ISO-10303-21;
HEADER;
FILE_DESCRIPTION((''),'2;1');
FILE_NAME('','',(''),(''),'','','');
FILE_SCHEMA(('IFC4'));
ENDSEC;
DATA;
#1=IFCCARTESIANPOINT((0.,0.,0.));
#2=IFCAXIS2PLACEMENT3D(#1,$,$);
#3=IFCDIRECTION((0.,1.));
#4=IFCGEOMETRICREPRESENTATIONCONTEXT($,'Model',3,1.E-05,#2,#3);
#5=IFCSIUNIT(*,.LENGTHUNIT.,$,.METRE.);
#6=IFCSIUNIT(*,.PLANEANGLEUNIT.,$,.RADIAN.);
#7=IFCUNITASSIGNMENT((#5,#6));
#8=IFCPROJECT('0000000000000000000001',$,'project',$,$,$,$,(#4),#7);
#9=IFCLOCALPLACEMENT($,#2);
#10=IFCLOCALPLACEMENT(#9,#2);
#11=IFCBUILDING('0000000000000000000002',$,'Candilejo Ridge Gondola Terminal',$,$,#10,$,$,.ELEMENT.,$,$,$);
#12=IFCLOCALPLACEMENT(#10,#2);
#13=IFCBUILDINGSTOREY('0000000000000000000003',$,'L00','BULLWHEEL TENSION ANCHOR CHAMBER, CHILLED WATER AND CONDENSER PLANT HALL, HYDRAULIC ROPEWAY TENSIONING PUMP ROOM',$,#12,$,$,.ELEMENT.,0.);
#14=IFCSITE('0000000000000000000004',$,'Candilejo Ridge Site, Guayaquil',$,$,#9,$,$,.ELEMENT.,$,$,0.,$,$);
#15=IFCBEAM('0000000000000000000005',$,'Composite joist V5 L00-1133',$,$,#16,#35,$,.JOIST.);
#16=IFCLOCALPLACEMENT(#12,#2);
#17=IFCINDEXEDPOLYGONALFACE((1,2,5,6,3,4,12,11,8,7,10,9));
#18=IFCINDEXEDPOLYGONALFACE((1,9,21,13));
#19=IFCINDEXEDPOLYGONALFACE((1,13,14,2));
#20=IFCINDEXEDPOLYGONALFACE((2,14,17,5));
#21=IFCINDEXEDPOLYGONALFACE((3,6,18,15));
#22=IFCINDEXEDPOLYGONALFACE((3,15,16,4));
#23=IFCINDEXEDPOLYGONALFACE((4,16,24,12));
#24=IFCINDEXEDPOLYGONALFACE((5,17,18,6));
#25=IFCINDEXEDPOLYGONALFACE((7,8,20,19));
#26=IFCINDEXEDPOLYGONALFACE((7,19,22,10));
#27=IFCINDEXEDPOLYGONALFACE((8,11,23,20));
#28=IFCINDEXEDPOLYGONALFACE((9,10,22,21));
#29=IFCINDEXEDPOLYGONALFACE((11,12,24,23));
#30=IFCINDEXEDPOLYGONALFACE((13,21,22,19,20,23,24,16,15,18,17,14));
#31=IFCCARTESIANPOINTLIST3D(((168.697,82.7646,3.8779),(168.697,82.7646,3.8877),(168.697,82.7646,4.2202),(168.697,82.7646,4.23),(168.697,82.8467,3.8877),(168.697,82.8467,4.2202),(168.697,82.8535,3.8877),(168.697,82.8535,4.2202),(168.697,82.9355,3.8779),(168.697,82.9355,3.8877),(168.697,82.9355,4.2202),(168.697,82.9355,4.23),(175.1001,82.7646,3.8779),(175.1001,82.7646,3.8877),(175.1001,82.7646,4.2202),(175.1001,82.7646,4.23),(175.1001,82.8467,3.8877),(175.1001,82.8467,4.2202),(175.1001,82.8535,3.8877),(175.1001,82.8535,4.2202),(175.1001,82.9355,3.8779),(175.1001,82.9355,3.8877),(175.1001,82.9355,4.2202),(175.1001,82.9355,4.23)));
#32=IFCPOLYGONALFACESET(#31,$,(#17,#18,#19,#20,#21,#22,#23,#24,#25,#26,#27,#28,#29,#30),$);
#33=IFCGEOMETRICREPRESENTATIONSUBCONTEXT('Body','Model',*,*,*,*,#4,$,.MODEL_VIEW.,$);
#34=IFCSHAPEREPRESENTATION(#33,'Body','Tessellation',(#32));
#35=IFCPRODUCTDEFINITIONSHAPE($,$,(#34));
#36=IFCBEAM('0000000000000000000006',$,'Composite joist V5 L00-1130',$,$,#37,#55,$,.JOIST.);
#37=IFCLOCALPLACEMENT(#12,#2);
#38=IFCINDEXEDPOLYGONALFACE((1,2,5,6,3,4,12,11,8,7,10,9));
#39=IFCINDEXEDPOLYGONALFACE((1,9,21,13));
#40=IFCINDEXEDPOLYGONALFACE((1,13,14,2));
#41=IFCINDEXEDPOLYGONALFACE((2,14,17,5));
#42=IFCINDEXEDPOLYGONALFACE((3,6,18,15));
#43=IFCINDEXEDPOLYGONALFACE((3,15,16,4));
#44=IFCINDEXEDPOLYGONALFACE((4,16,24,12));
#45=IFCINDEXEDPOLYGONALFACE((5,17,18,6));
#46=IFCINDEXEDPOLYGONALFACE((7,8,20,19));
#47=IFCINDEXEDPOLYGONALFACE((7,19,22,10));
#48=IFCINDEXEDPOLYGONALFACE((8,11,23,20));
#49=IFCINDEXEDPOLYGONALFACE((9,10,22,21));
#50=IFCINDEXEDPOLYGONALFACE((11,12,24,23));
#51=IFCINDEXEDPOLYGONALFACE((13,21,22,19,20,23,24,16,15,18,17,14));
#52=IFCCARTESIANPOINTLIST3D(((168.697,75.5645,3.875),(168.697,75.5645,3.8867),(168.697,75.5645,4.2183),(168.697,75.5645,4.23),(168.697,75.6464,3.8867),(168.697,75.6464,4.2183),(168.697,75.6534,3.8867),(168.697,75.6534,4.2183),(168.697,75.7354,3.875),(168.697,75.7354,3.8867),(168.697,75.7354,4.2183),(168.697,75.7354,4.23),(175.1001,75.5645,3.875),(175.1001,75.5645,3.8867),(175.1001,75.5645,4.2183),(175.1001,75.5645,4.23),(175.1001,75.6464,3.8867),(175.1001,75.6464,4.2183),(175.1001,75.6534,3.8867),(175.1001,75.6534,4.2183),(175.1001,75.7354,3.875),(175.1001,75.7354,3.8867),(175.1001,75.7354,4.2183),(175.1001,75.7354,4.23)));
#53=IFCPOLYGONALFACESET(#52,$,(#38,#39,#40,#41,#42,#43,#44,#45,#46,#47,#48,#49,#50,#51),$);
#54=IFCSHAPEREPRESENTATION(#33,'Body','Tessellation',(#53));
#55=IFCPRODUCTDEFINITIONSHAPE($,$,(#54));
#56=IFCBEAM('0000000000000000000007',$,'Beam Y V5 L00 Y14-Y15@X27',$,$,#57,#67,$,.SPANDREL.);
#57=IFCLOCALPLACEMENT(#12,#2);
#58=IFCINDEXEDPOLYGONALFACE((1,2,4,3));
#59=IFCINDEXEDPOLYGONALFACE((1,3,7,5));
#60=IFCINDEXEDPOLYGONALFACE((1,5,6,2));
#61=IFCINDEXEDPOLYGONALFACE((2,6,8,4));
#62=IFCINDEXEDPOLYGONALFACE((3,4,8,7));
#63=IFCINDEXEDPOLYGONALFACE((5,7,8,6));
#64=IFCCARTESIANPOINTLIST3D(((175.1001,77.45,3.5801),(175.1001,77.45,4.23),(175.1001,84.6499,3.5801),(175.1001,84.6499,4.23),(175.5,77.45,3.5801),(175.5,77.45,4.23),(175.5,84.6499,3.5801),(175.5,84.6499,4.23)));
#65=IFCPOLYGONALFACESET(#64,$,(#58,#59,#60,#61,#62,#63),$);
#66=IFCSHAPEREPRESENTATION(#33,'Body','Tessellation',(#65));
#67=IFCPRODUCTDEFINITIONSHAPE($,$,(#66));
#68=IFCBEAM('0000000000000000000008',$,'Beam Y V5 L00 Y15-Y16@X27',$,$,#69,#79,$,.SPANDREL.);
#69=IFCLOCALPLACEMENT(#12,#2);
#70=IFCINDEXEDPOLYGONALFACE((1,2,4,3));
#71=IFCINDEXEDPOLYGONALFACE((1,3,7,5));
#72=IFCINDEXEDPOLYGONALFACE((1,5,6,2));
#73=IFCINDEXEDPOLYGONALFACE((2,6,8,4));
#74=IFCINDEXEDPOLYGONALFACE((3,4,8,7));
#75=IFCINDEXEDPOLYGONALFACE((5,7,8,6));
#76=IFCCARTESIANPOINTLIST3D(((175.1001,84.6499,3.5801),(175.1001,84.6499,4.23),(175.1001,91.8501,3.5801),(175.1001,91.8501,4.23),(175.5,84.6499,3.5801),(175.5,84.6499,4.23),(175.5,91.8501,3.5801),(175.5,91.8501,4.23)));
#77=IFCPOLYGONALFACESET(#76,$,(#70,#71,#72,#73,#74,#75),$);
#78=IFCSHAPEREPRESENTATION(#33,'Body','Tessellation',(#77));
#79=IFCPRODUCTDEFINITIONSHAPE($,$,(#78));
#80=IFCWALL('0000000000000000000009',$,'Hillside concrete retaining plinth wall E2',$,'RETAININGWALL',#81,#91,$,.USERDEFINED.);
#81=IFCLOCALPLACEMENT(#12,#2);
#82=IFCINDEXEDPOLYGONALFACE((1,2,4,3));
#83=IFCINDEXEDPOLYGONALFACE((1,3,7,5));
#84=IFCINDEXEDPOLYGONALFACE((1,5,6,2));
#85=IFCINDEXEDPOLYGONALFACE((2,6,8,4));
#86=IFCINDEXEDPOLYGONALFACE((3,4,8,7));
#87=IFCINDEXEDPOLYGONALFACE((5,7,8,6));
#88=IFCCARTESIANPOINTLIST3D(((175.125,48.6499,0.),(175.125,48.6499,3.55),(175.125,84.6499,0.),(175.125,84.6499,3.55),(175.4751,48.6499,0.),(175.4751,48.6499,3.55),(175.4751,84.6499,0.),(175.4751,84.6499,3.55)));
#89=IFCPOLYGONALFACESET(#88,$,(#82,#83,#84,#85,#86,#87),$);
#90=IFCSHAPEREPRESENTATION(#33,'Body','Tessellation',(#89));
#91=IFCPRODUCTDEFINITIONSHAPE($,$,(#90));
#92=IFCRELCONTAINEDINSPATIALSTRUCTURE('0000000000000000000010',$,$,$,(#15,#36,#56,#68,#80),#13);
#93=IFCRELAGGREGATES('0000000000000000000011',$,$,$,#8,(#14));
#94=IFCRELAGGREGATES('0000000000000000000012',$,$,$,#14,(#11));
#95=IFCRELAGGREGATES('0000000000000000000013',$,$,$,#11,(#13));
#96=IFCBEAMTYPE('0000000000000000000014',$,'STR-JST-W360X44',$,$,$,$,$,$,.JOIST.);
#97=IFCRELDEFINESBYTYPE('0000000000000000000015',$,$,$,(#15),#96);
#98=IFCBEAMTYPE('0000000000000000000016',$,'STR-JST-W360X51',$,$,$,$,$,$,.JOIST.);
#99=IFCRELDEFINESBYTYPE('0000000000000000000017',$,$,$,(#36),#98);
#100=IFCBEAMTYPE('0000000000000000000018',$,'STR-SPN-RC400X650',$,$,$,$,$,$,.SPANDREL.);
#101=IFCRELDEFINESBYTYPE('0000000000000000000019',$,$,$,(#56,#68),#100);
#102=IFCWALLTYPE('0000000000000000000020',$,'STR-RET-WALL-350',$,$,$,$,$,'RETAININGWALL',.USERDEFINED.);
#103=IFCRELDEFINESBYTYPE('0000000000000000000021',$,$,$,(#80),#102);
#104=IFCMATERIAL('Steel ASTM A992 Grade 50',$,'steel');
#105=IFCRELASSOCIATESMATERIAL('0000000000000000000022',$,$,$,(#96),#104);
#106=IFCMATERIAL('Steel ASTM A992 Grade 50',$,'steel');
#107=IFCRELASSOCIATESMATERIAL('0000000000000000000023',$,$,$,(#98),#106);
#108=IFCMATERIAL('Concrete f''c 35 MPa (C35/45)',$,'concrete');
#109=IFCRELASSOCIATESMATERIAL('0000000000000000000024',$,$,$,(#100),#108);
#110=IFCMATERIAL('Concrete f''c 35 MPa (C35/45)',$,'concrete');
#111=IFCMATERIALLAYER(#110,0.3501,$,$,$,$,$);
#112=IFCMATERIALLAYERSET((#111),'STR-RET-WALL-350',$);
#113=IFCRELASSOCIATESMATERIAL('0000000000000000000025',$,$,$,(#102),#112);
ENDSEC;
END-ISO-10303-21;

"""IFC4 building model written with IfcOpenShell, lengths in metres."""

from ifc_helpers import new_model, si_unit, direction, frame, frame_2d, origin, origin_2d, place, context, subcontext, project, spatial, rectangle, i_section, extrude, material, layer, layer_set, material_profile, profile_set, type_object, element, save


model = new_model("IFC4")

# Units and contexts
model_context = context("Model", 3, precision=1e-05, world=origin(), true_north=direction((0.0, 1.0)))
body_context = subcontext(model_context, "Body", "Model", "MODEL_VIEW")
ifc_project = project(units=[si_unit("LENGTHUNIT", "METRE"), si_unit("PLANEANGLEUNIT", "RADIAN")], contexts=[model_context])

# Site, building, storey
site_placement = place(None, origin())
site = spatial("IfcSite", under=ifc_project, at=site_placement, Name="Candilejo Ridge Site, Guayaquil", CompositionType="ELEMENT", RefElevation=0.0)
building_placement = place(site_placement, origin())
building = spatial("IfcBuilding", under=site, at=building_placement, Name="Candilejo Ridge Gondola Terminal", CompositionType="ELEMENT")
storey_placement = place(building_placement, origin())
storey = spatial("IfcBuildingStorey", under=building, at=storey_placement, Name="L00", Description="BULLWHEEL TENSION ANCHOR CHAMBER, CHILLED WATER AND CONDENSER PLANT HALL, HYDRAULIC ROPEWAY TENSIONING PUMP ROOM", CompositionType="ELEMENT", Elevation=0.0)

# Beams
ifc_material_1 = material(Name="Steel ASTM A992 Grade 50", Category="steel")
ifc_material_profile_1 = material_profile(ifc_material_1, i_section(OverallWidth=0.1709, OverallDepth=0.3521, WebThickness=0.0068, FlangeThickness=0.0098, at=origin_2d()))
ifc_profile_set_1 = profile_set([ifc_material_profile_1], Name="Steel ASTM A992 Grade 50")
beam_type_1 = type_object("IfcBeamType", Name="STR-JST-W360X44", PredefinedType="JOIST", material=ifc_profile_set_1)
for number, where, z_axis, x_axis, name in (
    (1, (168.697, 82.8501, 4.054), (1.0, 0.0, 0.0), (0.0, 1.0, 0.0), "Composite joist V5 L00-1133"),
):
    element("IfcBeam", number, at=place(storey_placement, frame(where, z_axis=z_axis, x_axis=x_axis)), inside=storey, type_object=beam_type_1, Name=name, PredefinedType="JOIST", context=body_context, shape_type="SweptSolid", body=[
        extrude(i_section(OverallWidth=0.1709, OverallDepth=0.3521, WebThickness=0.0068, FlangeThickness=0.0098, at=origin_2d()), origin(), (0.0, 0.0, 1.0), 6.4031),
    ])
ifc_material_2 = material(Name="Steel ASTM A992 Grade 50", Category="steel")
ifc_material_profile_2 = material_profile(ifc_material_2, i_section(OverallWidth=0.1709, OverallDepth=0.355, WebThickness=0.0071, FlangeThickness=0.0117, at=origin_2d()))
ifc_profile_set_2 = profile_set([ifc_material_profile_2], Name="Steel ASTM A992 Grade 50")
beam_type_2 = type_object("IfcBeamType", Name="STR-JST-W360X51", PredefinedType="JOIST", material=ifc_profile_set_2)
beam_1_placement = place(storey_placement, frame((168.697, 75.6499, 4.0525), z_axis=(1.0, 0.0, 0.0), x_axis=(0.0, 1.0, 0.0)))
element("IfcBeam", 2, at=beam_1_placement, inside=storey, type_object=beam_type_2, Name="Composite joist V5 L00-1130", PredefinedType="JOIST", context=body_context, shape_type="SweptSolid", body=[
    extrude(i_section(OverallWidth=0.1709, OverallDepth=0.355, WebThickness=0.0071, FlangeThickness=0.0117, at=origin_2d()), origin(), (0.0, 0.0, 1.0), 6.4031),
])
ifc_material_3 = material(Name="Concrete f'c 35 MPa (C35/45)", Category="concrete")
ifc_material_profile_3 = material_profile(ifc_material_3, rectangle(XDim=0.3999, YDim=0.6499, at=origin_2d()))
ifc_profile_set_3 = profile_set([ifc_material_profile_3], Name="Concrete f'c 35 MPa (C35/45)")
beam_type_3 = type_object("IfcBeamType", Name="STR-SPN-RC400X650", PredefinedType="SPANDREL", material=ifc_profile_set_3)
beam_2_placement = place(storey_placement, frame((175.3, 77.45, 3.905), z_axis=(0.0, 1.0, 0.0), x_axis=(-1.0, 0.0, 0.0)))
element("IfcBeam", 3, at=beam_2_placement, inside=storey, type_object=beam_type_3, Name="Beam Y V5 L00 Y14-Y15@X27", PredefinedType="SPANDREL", context=body_context, shape_type="SweptSolid", body=[
    extrude(rectangle(XDim=0.3999, YDim=0.6499, at=origin_2d()), origin(), (0.0, 0.0, 1.0), 7.2),
])
beam_3_placement = place(storey_placement, frame((175.3, 84.6499, 3.905), z_axis=(0.0, 1.0, 0.0), x_axis=(-1.0, 0.0, 0.0)))
element("IfcBeam", 4, at=beam_3_placement, inside=storey, type_object=beam_type_3, Name="Beam Y V5 L00 Y15-Y16@X27", PredefinedType="SPANDREL", context=body_context, shape_type="SweptSolid", body=[
    extrude(rectangle(XDim=0.3999, YDim=0.6499, at=origin_2d()), origin(), (0.0, 0.0, 1.0), 7.2002),
])

# Wall
ifc_material_4 = material(Name="Concrete f'c 35 MPa (C35/45)", Category="concrete")
ifc_layer = layer(ifc_material_4, 0.3501)
ifc_layer_set = layer_set([ifc_layer], Name="STR-RET-WALL-350")
wall_type = type_object("IfcWallType", Name="STR-RET-WALL-350", ElementType="RETAININGWALL", PredefinedType="USERDEFINED", material=ifc_layer_set)
wall_placement = place(storey_placement, frame((175.3, 84.6499, 0.0), z_axis=(0.0, 0.0, 1.0), x_axis=(0.0, -1.0, 0.0)))
element("IfcWall", 5, at=wall_placement, inside=storey, type_object=wall_type, Name="Hillside concrete retaining plinth wall E2", ObjectType="RETAININGWALL", PredefinedType="USERDEFINED", context=body_context, shape_type="SweptSolid", body=[
    extrude(rectangle(XDim=36.0, YDim=0.3501, at=frame_2d((18.0, 0.0))), origin(), (0.0, 0.0, 1.0), 3.55),
])

save(model, "model.ifc")
